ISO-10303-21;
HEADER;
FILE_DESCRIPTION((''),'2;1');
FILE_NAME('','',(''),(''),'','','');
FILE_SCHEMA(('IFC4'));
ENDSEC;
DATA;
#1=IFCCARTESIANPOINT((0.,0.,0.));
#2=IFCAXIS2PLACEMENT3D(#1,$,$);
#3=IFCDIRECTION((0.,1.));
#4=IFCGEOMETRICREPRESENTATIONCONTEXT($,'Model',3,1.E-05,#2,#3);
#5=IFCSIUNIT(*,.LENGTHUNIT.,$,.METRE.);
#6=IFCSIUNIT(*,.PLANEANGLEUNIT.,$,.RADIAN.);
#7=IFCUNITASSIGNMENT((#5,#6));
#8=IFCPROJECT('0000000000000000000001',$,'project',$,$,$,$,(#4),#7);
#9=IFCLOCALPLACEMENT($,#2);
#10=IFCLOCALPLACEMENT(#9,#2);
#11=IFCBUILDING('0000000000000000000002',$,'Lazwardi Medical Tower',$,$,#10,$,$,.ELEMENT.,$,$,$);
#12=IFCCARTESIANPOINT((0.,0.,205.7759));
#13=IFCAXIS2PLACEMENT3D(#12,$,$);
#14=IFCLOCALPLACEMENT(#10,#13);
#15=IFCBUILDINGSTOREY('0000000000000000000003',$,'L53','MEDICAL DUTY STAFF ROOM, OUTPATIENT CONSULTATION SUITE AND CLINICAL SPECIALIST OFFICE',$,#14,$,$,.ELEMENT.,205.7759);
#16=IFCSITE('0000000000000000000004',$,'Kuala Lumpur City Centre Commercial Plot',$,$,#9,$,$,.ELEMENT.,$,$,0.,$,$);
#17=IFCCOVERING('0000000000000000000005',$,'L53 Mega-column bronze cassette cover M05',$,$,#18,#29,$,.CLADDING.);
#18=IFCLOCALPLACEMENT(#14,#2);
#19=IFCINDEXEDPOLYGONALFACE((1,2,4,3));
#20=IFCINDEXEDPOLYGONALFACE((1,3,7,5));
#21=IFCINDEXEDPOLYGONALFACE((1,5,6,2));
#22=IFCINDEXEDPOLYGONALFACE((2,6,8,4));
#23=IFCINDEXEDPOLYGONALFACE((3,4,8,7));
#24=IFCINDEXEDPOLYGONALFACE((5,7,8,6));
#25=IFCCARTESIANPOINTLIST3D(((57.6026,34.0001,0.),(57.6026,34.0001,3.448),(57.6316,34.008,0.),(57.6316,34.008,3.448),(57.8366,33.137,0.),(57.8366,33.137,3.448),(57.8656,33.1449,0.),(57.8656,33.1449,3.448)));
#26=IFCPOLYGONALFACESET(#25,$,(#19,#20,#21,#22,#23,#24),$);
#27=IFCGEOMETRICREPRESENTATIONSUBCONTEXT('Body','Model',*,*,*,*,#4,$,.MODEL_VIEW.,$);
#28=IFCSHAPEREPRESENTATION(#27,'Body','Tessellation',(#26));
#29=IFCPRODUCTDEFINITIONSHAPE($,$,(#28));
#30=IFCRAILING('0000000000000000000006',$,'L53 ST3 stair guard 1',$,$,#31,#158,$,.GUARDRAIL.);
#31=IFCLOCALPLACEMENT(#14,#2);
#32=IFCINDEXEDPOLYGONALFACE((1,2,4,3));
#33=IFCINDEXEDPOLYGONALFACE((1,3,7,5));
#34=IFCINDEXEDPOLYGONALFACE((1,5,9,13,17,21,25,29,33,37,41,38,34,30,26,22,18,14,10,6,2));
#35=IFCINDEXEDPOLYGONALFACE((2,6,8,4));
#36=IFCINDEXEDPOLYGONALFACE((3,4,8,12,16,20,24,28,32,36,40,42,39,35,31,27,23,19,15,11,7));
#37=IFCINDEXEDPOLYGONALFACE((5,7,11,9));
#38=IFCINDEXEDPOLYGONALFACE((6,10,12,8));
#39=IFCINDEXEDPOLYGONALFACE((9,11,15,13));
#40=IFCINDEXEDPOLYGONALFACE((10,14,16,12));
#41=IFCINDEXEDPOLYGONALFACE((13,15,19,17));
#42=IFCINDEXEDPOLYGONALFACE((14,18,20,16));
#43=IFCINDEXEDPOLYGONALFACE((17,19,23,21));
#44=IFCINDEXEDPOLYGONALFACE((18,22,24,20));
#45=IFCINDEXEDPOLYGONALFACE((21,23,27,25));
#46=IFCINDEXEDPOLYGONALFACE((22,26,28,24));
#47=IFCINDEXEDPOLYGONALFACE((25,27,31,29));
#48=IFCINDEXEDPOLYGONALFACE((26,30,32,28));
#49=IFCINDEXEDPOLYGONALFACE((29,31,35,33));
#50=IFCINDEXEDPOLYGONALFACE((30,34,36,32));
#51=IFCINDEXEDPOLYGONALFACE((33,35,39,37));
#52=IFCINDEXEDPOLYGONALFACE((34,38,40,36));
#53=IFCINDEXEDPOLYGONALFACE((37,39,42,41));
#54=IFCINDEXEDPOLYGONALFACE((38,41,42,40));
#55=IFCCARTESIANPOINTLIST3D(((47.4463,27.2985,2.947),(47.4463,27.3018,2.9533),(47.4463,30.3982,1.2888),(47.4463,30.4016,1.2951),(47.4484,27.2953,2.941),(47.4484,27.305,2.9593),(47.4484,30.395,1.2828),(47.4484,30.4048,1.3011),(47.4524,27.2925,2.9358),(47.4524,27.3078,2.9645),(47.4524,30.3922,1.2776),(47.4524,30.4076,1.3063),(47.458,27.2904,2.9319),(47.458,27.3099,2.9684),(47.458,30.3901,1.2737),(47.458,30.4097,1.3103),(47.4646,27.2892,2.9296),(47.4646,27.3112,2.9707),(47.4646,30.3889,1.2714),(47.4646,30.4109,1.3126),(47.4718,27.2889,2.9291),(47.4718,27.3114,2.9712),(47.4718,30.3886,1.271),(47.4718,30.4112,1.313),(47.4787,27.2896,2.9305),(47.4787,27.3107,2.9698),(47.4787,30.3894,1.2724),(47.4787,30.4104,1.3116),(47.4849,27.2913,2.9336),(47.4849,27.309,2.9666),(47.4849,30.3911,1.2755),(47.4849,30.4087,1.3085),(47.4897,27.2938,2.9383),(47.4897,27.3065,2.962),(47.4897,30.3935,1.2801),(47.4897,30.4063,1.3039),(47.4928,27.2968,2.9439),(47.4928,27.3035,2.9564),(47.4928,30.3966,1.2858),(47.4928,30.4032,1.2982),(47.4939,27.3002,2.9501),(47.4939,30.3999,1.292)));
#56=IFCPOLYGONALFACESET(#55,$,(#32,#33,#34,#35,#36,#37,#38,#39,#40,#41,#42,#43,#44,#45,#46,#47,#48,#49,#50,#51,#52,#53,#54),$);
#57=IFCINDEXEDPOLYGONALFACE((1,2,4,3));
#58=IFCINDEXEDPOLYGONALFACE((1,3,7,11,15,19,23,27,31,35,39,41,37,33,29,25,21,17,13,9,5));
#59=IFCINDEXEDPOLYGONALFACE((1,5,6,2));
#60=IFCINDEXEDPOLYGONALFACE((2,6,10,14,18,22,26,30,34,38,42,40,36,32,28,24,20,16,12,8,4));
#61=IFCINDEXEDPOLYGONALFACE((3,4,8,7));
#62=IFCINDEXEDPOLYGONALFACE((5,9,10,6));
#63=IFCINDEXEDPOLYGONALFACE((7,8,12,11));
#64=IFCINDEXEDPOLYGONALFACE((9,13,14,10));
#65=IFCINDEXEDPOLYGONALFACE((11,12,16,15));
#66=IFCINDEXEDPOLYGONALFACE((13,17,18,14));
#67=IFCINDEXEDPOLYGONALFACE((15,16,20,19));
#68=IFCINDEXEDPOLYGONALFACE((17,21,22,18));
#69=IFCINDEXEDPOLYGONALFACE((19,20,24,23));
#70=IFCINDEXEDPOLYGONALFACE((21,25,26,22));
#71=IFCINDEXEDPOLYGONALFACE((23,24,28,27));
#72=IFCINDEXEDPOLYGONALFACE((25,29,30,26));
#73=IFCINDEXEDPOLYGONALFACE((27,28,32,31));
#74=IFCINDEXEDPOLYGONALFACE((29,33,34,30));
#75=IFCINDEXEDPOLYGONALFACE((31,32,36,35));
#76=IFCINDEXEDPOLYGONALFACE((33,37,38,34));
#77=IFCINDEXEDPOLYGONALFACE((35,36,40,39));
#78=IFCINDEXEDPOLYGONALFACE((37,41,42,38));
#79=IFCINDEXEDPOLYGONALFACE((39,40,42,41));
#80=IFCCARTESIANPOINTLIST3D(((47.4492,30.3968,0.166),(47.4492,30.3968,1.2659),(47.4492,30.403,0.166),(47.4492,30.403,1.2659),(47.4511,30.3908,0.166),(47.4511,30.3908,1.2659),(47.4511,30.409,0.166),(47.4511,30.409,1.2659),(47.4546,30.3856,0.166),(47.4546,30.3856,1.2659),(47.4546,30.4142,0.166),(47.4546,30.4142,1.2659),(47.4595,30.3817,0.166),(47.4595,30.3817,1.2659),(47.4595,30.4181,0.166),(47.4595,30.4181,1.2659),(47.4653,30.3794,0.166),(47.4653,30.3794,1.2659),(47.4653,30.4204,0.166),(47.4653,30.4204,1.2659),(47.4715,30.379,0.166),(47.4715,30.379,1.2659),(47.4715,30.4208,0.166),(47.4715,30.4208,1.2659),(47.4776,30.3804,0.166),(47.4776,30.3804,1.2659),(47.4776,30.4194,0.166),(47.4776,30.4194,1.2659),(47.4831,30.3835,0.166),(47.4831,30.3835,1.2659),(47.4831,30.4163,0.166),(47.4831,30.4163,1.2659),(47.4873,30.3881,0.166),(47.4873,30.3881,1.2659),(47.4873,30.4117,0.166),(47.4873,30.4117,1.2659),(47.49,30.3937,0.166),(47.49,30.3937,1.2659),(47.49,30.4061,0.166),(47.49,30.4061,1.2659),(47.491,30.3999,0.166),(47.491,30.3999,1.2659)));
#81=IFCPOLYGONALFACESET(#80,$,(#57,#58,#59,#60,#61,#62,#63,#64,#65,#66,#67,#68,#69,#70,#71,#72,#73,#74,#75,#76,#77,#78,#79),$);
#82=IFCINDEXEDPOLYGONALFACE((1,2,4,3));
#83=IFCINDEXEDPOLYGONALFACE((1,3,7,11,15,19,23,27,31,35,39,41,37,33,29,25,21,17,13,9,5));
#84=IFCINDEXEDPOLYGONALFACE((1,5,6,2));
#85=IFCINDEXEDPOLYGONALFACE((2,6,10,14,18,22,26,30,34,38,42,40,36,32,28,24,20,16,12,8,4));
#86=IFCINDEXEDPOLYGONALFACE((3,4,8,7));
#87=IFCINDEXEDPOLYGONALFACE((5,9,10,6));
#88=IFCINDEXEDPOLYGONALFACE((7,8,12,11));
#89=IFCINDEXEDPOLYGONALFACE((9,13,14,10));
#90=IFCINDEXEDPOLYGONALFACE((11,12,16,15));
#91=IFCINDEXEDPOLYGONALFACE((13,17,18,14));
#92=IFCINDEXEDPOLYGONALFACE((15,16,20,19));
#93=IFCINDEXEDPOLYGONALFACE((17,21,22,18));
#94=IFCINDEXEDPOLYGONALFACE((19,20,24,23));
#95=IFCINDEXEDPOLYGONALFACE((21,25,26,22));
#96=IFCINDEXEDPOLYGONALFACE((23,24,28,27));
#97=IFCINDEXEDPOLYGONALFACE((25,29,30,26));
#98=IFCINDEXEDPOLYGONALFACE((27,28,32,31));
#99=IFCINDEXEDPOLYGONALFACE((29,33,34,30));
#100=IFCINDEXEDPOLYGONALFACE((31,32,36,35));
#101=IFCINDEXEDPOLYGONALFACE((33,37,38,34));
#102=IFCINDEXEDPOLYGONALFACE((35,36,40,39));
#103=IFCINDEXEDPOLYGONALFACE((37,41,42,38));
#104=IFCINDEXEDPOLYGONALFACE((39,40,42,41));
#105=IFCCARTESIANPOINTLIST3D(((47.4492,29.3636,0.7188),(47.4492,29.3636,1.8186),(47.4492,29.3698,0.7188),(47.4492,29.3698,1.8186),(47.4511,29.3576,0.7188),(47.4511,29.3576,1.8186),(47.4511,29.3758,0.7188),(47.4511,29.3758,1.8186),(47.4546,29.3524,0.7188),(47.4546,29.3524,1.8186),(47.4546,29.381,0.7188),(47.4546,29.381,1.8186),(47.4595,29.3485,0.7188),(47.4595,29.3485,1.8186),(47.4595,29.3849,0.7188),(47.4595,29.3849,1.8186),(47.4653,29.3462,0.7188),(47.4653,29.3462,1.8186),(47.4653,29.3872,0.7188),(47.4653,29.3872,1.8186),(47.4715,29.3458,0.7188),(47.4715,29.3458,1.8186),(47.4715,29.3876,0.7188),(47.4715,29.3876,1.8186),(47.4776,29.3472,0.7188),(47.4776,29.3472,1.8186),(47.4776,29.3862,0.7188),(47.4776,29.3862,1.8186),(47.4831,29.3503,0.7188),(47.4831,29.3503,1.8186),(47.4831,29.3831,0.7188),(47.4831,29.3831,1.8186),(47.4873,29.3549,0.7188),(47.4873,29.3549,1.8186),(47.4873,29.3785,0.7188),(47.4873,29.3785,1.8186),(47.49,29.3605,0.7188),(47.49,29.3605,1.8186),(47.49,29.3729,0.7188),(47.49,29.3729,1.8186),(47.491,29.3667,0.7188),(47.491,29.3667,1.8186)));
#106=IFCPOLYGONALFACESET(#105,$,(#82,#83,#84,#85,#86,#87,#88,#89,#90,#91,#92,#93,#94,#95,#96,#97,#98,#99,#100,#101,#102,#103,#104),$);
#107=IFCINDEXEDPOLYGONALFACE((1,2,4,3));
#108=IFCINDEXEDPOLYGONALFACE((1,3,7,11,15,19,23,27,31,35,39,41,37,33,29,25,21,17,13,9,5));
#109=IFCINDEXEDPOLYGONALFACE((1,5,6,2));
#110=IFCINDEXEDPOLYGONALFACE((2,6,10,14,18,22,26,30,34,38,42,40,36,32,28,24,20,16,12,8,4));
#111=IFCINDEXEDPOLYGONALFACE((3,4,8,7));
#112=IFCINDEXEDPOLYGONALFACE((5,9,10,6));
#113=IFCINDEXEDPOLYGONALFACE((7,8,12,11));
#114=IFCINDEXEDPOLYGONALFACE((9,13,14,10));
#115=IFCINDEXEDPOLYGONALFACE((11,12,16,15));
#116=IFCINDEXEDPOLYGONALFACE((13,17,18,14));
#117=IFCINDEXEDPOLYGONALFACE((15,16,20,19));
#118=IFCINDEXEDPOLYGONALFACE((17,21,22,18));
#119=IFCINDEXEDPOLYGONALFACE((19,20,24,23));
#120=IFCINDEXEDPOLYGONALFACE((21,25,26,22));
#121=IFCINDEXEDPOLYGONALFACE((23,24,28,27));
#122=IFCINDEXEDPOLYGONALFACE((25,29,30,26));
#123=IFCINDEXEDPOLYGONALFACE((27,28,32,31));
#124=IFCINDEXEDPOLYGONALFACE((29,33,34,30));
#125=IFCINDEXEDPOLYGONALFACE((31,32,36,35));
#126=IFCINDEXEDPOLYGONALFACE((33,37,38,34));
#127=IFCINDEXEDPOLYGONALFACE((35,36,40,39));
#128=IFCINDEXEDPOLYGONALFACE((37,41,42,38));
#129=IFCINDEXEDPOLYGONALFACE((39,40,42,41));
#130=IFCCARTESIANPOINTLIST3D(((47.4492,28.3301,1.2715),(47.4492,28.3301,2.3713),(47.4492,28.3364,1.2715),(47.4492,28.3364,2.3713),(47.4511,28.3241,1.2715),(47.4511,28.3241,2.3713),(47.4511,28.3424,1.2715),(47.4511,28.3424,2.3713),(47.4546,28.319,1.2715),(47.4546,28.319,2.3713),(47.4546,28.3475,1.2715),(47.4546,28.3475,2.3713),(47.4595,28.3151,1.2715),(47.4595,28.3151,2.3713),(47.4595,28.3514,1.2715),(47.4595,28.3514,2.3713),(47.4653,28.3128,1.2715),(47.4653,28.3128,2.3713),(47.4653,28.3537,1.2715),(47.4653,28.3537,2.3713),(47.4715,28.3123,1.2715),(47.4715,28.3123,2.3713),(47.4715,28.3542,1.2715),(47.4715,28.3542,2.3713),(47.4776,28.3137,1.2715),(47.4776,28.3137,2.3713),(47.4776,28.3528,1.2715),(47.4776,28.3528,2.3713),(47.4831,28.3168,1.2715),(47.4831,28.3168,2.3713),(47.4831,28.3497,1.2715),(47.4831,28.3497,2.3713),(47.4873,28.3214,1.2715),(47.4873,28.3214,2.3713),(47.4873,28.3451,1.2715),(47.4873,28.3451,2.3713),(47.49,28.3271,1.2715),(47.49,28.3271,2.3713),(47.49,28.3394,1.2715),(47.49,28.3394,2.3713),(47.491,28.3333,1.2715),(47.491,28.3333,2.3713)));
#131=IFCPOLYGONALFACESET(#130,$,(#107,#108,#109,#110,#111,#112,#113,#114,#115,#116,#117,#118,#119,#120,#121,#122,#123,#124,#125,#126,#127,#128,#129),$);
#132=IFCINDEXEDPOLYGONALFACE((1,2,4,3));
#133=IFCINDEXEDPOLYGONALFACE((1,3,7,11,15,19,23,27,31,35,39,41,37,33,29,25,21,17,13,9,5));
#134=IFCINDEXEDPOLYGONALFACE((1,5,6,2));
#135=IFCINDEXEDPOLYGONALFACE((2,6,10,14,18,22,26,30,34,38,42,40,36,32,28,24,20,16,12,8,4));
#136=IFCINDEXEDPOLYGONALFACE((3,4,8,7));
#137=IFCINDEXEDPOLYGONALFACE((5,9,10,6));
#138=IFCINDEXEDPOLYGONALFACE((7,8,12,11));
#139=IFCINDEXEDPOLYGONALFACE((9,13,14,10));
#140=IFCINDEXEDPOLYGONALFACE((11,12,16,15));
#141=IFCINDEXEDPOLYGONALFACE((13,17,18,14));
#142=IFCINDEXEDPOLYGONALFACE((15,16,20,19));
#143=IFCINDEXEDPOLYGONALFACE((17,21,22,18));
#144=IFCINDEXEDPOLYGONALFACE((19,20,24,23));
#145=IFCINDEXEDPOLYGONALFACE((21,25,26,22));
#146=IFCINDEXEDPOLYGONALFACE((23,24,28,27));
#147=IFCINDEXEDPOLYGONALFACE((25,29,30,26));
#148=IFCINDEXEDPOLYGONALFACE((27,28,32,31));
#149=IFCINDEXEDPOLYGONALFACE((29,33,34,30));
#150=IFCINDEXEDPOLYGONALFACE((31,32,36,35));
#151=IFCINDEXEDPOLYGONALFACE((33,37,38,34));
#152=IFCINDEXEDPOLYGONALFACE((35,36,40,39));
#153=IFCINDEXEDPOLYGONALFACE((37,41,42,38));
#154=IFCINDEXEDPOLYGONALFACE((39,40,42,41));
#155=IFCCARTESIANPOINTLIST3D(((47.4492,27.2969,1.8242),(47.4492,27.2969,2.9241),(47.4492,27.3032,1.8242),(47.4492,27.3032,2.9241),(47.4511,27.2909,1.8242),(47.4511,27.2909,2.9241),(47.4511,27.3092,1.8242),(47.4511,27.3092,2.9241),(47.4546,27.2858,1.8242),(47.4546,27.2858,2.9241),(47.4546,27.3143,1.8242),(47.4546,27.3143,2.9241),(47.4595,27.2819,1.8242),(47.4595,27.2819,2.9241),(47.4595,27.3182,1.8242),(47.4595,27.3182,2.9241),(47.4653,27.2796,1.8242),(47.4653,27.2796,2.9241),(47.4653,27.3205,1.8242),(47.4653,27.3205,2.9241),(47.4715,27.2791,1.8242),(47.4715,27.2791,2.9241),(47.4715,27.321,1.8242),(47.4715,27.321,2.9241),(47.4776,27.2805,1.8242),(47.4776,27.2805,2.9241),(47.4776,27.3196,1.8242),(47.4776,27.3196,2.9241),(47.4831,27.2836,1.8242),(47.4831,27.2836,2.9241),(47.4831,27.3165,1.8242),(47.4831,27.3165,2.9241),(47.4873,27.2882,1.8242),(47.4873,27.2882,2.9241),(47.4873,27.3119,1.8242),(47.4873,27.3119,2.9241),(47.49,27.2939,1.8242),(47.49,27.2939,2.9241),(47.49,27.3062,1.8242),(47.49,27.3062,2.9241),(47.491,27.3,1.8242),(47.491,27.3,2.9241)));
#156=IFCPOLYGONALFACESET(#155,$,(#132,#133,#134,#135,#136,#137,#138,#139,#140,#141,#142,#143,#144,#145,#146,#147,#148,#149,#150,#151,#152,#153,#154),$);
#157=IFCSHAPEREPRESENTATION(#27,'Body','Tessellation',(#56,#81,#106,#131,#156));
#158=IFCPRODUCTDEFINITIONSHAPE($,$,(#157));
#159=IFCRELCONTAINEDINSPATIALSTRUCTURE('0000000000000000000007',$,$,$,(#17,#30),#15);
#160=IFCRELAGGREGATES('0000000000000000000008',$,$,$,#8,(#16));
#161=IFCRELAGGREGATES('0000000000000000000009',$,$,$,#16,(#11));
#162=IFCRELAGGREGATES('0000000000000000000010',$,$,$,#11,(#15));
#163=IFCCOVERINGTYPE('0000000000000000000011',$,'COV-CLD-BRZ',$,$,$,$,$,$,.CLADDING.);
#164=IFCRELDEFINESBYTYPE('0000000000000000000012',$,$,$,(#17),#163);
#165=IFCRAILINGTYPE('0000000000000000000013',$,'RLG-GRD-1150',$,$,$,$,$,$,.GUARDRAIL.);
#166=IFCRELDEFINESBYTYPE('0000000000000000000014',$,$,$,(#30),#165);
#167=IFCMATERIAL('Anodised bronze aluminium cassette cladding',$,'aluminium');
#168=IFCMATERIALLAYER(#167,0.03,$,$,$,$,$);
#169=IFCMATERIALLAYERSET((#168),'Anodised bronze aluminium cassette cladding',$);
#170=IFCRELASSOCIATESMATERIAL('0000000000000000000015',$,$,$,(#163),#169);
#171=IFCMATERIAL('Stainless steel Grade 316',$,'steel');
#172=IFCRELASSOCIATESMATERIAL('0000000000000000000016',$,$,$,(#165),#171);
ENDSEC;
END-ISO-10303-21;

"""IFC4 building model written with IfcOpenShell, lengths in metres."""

from ifc_helpers import new_model, si_unit, direction, frame, origin, origin_2d, place, context, subcontext, project, spatial, rectangle, circle, extrude, material, layer, layer_set, type_object, element, save


model = new_model("IFC4")

# Units and contexts
model_context = context("Model", 3, precision=1e-05, world=origin(), true_north=direction((0.0, 1.0)))
body_context = subcontext(model_context, "Body", "Model", "MODEL_VIEW")
ifc_project = project(units=[si_unit("LENGTHUNIT", "METRE"), si_unit("PLANEANGLEUNIT", "RADIAN")], contexts=[model_context])

# Site, building, storey
site_placement = place(None, origin())
site = spatial("IfcSite", under=ifc_project, at=site_placement, Name="Kuala Lumpur City Centre Commercial Plot", CompositionType="ELEMENT", RefElevation=0.0)
building_placement = place(site_placement, origin())
building = spatial("IfcBuilding", under=site, at=building_placement, Name="Lazwardi Medical Tower", CompositionType="ELEMENT")
storey_placement = place(building_placement, frame((0.0, 0.0, 205.7759)))
storey = spatial("IfcBuildingStorey", under=building, at=storey_placement, Name="L53", Description="MEDICAL DUTY STAFF ROOM, OUTPATIENT CONSULTATION SUITE AND CLINICAL SPECIALIST OFFICE", CompositionType="ELEMENT", Elevation=205.7759)

# Covering
ifc_material_1 = material(Name="Anodised bronze aluminium cassette cladding", Category="aluminium")
ifc_layer_1 = layer(ifc_material_1, 0.03)
ifc_layer_set_1 = layer_set([ifc_layer_1], Name="Anodised bronze aluminium cassette cladding")
covering_type = type_object("IfcCoveringType", Name="COV-CLD-BRZ", PredefinedType="CLADDING", material=ifc_layer_set_1)
covering_placement = place(storey_placement, frame((57.7341, 33.5725, 0.0), z_axis=(0.0, 0.0, 1.0), x_axis=(-0.261642, 0.965165, 0.0)))
element("IfcCovering", 1, at=covering_placement, inside=storey, type_object=covering_type, Name="L53 Mega-column bronze cassette cover M05", PredefinedType="CLADDING", context=body_context, shape_type="SweptSolid", body=[
    extrude(rectangle(XDim=0.8943, YDim=0.03, at=origin_2d()), origin(), (0.0, 0.0, 1.0), 3.448),
])

# Railing
ifc_material_2 = material(Name="Stainless steel Grade 316", Category="steel")
railing_type_1 = type_object("IfcRailingType", Name="RLG-GRD-1150", PredefinedType="GUARDRAIL", material=ifc_material_2)
railing_1_placement = place(storey_placement, frame((47.47, 30.3999, 0.166)))
element("IfcRailing", 2, at=railing_1_placement, inside=storey, type_object=railing_type_1, Name="L53 ST3 stair guard 1", PredefinedType="GUARDRAIL", context=body_context, shape_type="SweptSolid", body=[
    extrude(circle(Radius=0.0239, at=origin_2d()), frame((0.0, 0.0, 1.126), z_axis=(0.0, -0.881768, 0.471684), x_axis=(1.0, 0.0, 0.0)), (0.0, 0.0, 1.0), 3.5154),
    extrude(circle(Radius=0.021, at=origin_2d()), origin(), (0.0, 0.0, 1.0), 1.0999),
    extrude(circle(Radius=0.021, at=origin_2d()), frame((0.0, -1.0332, 0.5527)), (0.0, 0.0, 1.0), 1.0999),
    extrude(circle(Radius=0.021, at=origin_2d()), frame((0.0, -2.0667, 1.1055)), (0.0, 0.0, 1.0), 1.0999),
    extrude(circle(Radius=0.021, at=origin_2d()), frame((0.0, -3.0999, 1.6582)), (0.0, 0.0, 1.0), 1.0999),
])

save(model, "model.ifc")
